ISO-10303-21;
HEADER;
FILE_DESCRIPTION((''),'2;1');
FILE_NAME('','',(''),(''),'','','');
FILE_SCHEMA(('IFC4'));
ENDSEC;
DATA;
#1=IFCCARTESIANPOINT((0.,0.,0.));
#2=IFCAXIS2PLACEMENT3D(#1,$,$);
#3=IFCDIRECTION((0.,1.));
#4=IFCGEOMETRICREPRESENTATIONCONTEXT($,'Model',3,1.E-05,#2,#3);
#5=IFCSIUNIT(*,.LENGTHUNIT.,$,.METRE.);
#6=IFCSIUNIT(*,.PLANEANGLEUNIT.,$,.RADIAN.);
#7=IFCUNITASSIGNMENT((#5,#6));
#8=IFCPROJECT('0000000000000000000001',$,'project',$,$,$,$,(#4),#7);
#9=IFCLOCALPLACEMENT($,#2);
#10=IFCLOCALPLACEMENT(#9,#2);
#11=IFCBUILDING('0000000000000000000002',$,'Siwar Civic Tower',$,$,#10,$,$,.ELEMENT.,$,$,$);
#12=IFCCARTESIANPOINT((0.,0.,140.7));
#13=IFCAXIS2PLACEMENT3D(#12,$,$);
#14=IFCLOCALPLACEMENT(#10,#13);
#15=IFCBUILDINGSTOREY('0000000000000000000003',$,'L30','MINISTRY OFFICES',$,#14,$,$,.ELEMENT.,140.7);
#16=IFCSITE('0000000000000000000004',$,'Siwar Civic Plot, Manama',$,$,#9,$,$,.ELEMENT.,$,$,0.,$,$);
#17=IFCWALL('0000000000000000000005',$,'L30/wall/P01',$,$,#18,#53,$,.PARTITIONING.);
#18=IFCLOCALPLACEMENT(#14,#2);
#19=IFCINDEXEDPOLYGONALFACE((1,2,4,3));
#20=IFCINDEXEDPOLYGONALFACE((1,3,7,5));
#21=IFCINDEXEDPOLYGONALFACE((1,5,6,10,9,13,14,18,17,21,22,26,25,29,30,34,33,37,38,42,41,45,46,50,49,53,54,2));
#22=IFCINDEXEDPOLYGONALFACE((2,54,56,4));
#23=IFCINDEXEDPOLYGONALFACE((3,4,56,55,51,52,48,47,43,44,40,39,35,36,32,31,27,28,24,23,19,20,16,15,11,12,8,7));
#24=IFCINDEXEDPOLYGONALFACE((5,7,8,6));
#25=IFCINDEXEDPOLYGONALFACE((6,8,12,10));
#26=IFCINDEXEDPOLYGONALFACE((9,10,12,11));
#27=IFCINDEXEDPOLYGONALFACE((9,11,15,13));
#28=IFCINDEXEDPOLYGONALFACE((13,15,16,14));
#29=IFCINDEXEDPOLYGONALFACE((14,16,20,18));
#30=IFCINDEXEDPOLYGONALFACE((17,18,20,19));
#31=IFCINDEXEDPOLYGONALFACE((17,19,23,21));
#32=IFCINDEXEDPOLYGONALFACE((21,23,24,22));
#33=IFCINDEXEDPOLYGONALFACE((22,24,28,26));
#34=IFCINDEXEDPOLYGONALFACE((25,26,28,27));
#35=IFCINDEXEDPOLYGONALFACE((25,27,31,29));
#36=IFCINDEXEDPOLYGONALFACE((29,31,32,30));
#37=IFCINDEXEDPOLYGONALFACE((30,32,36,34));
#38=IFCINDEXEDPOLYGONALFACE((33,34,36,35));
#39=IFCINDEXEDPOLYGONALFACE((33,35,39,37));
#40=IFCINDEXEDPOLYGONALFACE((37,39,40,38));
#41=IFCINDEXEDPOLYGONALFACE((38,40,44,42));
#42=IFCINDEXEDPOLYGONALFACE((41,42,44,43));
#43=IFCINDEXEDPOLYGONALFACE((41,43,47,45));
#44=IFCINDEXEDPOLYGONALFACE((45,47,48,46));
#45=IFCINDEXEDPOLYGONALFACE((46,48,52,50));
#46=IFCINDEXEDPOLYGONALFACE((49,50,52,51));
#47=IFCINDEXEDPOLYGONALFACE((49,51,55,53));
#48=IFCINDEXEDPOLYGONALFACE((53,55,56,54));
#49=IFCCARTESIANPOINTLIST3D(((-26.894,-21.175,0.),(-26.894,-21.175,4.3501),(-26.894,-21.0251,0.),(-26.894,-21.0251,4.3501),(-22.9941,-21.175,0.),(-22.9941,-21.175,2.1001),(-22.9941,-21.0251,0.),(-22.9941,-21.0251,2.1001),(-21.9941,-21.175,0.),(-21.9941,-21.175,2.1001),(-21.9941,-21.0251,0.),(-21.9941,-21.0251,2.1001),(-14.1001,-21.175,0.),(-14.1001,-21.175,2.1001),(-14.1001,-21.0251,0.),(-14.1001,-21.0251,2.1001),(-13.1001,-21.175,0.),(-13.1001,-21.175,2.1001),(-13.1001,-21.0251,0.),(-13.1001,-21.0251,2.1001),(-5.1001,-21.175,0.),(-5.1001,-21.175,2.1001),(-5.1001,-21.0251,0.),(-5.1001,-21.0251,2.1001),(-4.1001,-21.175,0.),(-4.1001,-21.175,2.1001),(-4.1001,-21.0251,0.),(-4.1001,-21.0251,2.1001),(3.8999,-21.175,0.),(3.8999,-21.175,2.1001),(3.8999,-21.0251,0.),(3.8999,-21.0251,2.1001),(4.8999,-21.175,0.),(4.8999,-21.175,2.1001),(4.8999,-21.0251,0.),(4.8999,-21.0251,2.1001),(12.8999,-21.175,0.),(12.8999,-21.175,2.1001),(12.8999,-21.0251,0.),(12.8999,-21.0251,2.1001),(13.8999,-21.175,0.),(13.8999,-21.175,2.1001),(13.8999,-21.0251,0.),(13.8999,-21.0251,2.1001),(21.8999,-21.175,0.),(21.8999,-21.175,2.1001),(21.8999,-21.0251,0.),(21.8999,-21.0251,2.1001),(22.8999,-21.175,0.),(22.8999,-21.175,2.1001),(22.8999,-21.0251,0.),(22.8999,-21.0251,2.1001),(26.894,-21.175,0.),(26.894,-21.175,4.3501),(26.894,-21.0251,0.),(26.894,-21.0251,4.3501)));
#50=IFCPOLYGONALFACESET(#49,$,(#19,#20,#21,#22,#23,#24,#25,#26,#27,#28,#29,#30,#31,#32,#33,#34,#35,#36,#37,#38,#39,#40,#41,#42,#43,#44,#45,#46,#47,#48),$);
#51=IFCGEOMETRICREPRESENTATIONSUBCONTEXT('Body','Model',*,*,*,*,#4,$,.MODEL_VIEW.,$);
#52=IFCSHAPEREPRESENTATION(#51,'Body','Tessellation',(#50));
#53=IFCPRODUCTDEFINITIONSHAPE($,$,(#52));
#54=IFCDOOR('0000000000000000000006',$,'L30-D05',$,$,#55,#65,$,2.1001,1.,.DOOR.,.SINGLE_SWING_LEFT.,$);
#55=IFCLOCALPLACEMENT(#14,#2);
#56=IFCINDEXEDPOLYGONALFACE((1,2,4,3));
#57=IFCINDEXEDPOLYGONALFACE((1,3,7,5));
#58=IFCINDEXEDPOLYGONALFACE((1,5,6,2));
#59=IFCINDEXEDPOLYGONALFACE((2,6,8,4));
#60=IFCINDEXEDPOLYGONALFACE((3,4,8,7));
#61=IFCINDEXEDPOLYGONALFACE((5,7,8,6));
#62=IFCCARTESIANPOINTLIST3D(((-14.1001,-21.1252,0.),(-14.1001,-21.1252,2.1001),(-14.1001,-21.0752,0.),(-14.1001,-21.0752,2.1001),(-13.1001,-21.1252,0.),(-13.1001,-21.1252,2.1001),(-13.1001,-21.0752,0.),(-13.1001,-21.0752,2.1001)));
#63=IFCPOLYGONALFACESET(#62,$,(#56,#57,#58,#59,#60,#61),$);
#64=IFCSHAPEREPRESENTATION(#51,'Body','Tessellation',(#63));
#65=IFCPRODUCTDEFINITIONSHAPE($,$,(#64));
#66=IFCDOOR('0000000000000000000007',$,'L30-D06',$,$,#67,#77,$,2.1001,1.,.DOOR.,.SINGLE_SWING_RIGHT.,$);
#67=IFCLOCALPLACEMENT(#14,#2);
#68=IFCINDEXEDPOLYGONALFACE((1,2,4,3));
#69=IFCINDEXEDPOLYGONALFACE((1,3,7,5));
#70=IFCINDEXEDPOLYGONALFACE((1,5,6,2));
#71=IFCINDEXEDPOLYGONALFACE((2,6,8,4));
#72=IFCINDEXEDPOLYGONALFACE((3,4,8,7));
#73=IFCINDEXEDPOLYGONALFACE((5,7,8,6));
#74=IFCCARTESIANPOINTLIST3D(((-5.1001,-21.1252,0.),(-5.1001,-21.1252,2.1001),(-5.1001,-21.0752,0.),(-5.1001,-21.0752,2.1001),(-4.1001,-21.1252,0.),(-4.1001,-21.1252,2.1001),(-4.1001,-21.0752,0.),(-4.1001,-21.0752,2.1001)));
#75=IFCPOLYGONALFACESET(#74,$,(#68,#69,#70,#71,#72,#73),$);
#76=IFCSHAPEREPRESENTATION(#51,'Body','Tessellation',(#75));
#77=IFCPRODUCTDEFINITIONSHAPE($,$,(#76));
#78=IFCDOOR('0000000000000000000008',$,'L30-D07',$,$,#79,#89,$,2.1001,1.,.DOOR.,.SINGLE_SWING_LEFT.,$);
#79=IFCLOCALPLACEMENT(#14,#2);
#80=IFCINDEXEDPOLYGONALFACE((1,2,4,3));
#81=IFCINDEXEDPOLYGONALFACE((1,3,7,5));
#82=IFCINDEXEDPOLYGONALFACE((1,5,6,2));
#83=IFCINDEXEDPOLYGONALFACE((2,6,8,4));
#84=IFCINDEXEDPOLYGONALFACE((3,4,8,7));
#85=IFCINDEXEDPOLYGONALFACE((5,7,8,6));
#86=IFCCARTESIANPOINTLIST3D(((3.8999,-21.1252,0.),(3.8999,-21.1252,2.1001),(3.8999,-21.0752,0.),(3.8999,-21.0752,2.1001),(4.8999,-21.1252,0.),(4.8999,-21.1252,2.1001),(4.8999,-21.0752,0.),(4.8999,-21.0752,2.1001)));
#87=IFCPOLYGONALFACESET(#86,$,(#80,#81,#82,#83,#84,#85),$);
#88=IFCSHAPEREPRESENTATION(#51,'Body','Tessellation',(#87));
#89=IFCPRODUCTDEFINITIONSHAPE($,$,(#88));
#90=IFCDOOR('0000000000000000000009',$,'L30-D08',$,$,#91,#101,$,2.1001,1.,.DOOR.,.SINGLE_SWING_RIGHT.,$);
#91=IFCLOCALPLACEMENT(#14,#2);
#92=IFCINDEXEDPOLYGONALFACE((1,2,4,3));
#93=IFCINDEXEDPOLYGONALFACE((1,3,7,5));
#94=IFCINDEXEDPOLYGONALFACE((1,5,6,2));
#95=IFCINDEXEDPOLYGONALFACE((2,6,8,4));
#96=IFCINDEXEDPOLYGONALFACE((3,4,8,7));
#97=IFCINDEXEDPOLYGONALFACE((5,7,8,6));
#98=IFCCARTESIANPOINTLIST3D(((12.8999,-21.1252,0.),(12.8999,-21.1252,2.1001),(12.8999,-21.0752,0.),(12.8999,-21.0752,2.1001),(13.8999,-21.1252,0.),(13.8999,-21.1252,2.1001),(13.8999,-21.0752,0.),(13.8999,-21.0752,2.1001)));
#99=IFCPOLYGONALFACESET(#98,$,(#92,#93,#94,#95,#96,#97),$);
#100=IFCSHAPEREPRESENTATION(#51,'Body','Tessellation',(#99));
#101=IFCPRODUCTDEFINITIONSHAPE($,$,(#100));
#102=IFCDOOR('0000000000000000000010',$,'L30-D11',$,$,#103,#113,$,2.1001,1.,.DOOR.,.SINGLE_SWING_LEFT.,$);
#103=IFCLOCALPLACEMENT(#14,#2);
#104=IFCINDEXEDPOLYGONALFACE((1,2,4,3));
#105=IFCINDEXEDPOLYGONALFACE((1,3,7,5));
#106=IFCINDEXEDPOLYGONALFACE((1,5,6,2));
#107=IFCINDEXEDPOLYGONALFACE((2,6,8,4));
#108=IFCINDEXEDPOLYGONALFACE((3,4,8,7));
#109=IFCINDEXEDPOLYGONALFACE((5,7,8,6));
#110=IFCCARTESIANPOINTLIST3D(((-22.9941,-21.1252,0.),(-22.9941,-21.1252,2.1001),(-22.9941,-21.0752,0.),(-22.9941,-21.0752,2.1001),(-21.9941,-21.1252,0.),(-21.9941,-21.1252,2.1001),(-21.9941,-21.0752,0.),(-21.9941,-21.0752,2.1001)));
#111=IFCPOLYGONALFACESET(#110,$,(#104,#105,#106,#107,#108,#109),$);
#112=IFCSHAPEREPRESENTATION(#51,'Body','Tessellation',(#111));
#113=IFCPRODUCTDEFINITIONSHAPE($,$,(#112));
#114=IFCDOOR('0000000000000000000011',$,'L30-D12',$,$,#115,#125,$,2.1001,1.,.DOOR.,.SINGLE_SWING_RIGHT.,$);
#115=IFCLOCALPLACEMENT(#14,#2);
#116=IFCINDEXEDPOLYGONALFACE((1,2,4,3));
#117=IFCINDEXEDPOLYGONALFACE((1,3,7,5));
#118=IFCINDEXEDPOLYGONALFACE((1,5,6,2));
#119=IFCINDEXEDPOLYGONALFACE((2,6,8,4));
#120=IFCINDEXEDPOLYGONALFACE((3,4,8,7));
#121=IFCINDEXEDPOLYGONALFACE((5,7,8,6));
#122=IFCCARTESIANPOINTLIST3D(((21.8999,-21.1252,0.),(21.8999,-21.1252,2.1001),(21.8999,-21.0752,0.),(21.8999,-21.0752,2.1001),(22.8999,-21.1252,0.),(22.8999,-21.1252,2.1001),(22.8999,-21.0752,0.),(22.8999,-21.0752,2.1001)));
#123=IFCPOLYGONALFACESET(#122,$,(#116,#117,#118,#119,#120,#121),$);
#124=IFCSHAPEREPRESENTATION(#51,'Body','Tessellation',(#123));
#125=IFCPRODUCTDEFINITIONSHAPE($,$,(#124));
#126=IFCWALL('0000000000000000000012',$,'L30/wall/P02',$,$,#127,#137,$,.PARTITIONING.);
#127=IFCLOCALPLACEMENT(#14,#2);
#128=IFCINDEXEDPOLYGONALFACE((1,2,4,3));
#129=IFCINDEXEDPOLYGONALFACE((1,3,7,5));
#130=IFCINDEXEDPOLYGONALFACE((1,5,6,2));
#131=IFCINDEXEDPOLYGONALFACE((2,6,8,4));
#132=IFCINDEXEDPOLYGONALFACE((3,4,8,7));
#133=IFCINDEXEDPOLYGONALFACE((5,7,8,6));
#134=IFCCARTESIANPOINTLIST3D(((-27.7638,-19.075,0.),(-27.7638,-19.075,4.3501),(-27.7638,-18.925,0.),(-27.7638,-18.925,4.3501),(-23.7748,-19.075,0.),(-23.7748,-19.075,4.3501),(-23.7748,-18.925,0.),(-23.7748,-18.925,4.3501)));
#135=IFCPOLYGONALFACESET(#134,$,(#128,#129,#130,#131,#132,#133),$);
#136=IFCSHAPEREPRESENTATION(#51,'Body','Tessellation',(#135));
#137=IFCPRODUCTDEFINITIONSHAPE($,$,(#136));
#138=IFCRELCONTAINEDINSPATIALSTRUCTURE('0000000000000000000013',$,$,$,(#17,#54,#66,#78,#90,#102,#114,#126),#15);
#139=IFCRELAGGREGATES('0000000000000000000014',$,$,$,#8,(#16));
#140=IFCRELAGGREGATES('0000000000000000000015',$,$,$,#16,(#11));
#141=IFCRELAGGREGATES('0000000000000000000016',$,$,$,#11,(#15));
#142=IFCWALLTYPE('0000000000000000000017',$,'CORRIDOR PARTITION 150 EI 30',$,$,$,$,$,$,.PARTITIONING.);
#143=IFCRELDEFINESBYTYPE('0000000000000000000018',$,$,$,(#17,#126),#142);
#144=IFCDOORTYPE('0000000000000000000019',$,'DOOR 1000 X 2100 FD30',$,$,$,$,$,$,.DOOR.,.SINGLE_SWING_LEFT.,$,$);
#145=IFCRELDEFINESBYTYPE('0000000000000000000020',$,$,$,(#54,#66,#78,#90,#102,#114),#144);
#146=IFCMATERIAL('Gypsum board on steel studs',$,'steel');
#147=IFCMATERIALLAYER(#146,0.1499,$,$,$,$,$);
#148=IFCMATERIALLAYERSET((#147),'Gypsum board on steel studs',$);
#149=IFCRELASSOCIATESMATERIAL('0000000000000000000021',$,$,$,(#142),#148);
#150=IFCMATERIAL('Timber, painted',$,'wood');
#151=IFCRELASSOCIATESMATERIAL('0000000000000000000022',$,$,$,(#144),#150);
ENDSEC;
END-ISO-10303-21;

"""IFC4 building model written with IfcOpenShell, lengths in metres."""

from ifc_helpers import new_model, si_unit, direction, frame, frame_2d, origin, place, context, subcontext, project, spatial, rectangle, extrude, material, layer, layer_set, type_object, element, fill, save


model = new_model("IFC4")

# Units and contexts
model_context = context("Model", 3, precision=1e-05, world=origin(), true_north=direction((0.0, 1.0)))
body_context = subcontext(model_context, "Body", "Model", "MODEL_VIEW")
ifc_project = project(units=[si_unit("LENGTHUNIT", "METRE"), si_unit("PLANEANGLEUNIT", "RADIAN")], contexts=[model_context])

# Site, building, storey
site_placement = place(None, origin())
site = spatial("IfcSite", under=ifc_project, at=site_placement, Name="Siwar Civic Plot, Manama", CompositionType="ELEMENT", RefElevation=0.0)
building_placement = place(site_placement, origin())
building = spatial("IfcBuilding", under=site, at=building_placement, Name="Siwar Civic Tower", CompositionType="ELEMENT")
storey_placement = place(building_placement, frame((0.0, 0.0, 140.7)))
storey = spatial("IfcBuildingStorey", under=building, at=storey_placement, Name="L30", Description="MINISTRY OFFICES", CompositionType="ELEMENT", Elevation=140.7)

# Wall, openings, doors
ifc_material_1 = material(Name="Gypsum board on steel studs", Category="steel")
ifc_layer_1 = layer(ifc_material_1, 0.1499)
ifc_layer_set_1 = layer_set([ifc_layer_1], Name="Gypsum board on steel studs")
wall_type = type_object("IfcWallType", Name="CORRIDOR PARTITION 150 EI 30", PredefinedType="PARTITIONING", material=ifc_layer_set_1)
wall_1_placement = place(storey_placement, frame((-26.894, -21.1001, 0.0), z_axis=(0.0, 0.0, 1.0), x_axis=(1.0, 0.0, 0.0)))
wall_1 = element("IfcWall", 1, at=wall_1_placement, inside=storey, type_object=wall_type, Name="L30/wall/P01", PredefinedType="PARTITIONING", context=body_context, shape_type="SweptSolid", body=[
    extrude(rectangle(XDim=53.7881, YDim=0.1499, at=frame_2d((26.894, 0.0))), origin(), (0.0, 0.0, 1.0), 4.3501),
])
opening_1_placement = place(wall_1_placement, frame((12.7939, 0.0, 0.0)))
opening_1 = element("IfcOpeningElement", 2, at=opening_1_placement, cuts=wall_1, PredefinedType="OPENING", context=body_context, shape_type="SweptSolid", body=[
    extrude(rectangle(XDim=1.0, YDim=2.1001, at=frame_2d((0.5, 1.05))), frame((0.0, 0.085, 0.0), z_axis=(0.0, -1.0, 0.0), x_axis=(1.0, 0.0, 0.0)), (0.0, 0.0, 1.0), 0.1699),
])
opening_2_placement = place(wall_1_placement, frame((21.7939, 0.0, 0.0)))
opening_2 = element("IfcOpeningElement", 3, at=opening_2_placement, cuts=wall_1, PredefinedType="OPENING", context=body_context, shape_type="SweptSolid", body=[
    extrude(rectangle(XDim=1.0, YDim=2.1001, at=frame_2d((0.5, 1.05))), frame((0.0, 0.085, 0.0), z_axis=(0.0, -1.0, 0.0), x_axis=(1.0, 0.0, 0.0)), (0.0, 0.0, 1.0), 0.1699),
])
opening_3_placement = place(wall_1_placement, frame((30.7939, 0.0, 0.0)))
opening_3 = element("IfcOpeningElement", 4, at=opening_3_placement, cuts=wall_1, PredefinedType="OPENING", context=body_context, shape_type="SweptSolid", body=[
    extrude(rectangle(XDim=1.0, YDim=2.1001, at=frame_2d((0.5, 1.05))), frame((0.0, 0.085, 0.0), z_axis=(0.0, -1.0, 0.0), x_axis=(1.0, 0.0, 0.0)), (0.0, 0.0, 1.0), 0.1699),
])
opening_4_placement = place(wall_1_placement, frame((39.7939, 0.0, 0.0)))
opening_4 = element("IfcOpeningElement", 5, at=opening_4_placement, cuts=wall_1, PredefinedType="OPENING", context=body_context, shape_type="SweptSolid", body=[
    extrude(rectangle(XDim=1.0, YDim=2.1001, at=frame_2d((0.5, 1.05))), frame((0.0, 0.085, 0.0), z_axis=(0.0, -1.0, 0.0), x_axis=(1.0, 0.0, 0.0)), (0.0, 0.0, 1.0), 0.1699),
])
opening_5_placement = place(wall_1_placement, frame((3.8999, 0.0, 0.0)))
opening_5 = element("IfcOpeningElement", 6, at=opening_5_placement, cuts=wall_1, PredefinedType="OPENING", context=body_context, shape_type="SweptSolid", body=[
    extrude(rectangle(XDim=1.0, YDim=2.1001, at=frame_2d((0.5, 1.05))), frame((0.0, 0.085, 0.0), z_axis=(0.0, -1.0, 0.0), x_axis=(1.0, 0.0, 0.0)), (0.0, 0.0, 1.0), 0.1699),
])
opening_6_placement = place(wall_1_placement, frame((48.7939, 0.0, 0.0)))
opening_6 = element("IfcOpeningElement", 7, at=opening_6_placement, cuts=wall_1, PredefinedType="OPENING", context=body_context, shape_type="SweptSolid", body=[
    extrude(rectangle(XDim=1.0, YDim=2.1001, at=frame_2d((0.5, 1.05))), frame((0.0, 0.085, 0.0), z_axis=(0.0, -1.0, 0.0), x_axis=(1.0, 0.0, 0.0)), (0.0, 0.0, 1.0), 0.1699),
])
ifc_material_2 = material(Name="Timber, painted", Category="wood")
door_type = type_object("IfcDoorType", Name="DOOR 1000 X 2100 FD30", OperationType="SINGLE_SWING_LEFT", PredefinedType="DOOR", material=ifc_material_2)
door_1_placement = place(opening_1_placement, origin())
door_1 = element("IfcDoor", 8, at=door_1_placement, inside=storey, type_object=door_type, Name="L30-D05", OperationType="SINGLE_SWING_LEFT", OverallHeight=2.1001, OverallWidth=1.0, PredefinedType="DOOR", context=body_context, shape_type="SweptSolid", body=[
    extrude(rectangle(XDim=1.0, YDim=2.1001, at=frame_2d((0.5, 1.05))), frame((0.0, 0.0249, 0.0), z_axis=(0.0, -1.0, 0.0), x_axis=(1.0, 0.0, 0.0)), (0.0, 0.0, 1.0), 0.05),
])
fill(opening_1, door_1)
door_2_placement = place(opening_2_placement, origin())
door_2 = element("IfcDoor", 9, at=door_2_placement, inside=storey, type_object=door_type, Name="L30-D06", OperationType="SINGLE_SWING_RIGHT", OverallHeight=2.1001, OverallWidth=1.0, PredefinedType="DOOR", context=body_context, shape_type="SweptSolid", body=[
    extrude(rectangle(XDim=1.0, YDim=2.1001, at=frame_2d((0.5, 1.05))), frame((0.0, 0.0249, 0.0), z_axis=(0.0, -1.0, 0.0), x_axis=(1.0, 0.0, 0.0)), (0.0, 0.0, 1.0), 0.05),
])
fill(opening_2, door_2)
door_3_placement = place(opening_3_placement, origin())
door_3 = element("IfcDoor", 10, at=door_3_placement, inside=storey, type_object=door_type, Name="L30-D07", OperationType="SINGLE_SWING_LEFT", OverallHeight=2.1001, OverallWidth=1.0, PredefinedType="DOOR", context=body_context, shape_type="SweptSolid", body=[
    extrude(rectangle(XDim=1.0, YDim=2.1001, at=frame_2d((0.5, 1.05))), frame((0.0, 0.0249, 0.0), z_axis=(0.0, -1.0, 0.0), x_axis=(1.0, 0.0, 0.0)), (0.0, 0.0, 1.0), 0.05),
])
fill(opening_3, door_3)
door_4_placement = place(opening_4_placement, origin())
door_4 = element("IfcDoor", 11, at=door_4_placement, inside=storey, type_object=door_type, Name="L30-D08", OperationType="SINGLE_SWING_RIGHT", OverallHeight=2.1001, OverallWidth=1.0, PredefinedType="DOOR", context=body_context, shape_type="SweptSolid", body=[
    extrude(rectangle(XDim=1.0, YDim=2.1001, at=frame_2d((0.5, 1.05))), frame((0.0, 0.0249, 0.0), z_axis=(0.0, -1.0, 0.0), x_axis=(1.0, 0.0, 0.0)), (0.0, 0.0, 1.0), 0.05),
])
fill(opening_4, door_4)
door_5_placement = place(opening_5_placement, origin())
door_5 = element("IfcDoor", 12, at=door_5_placement, inside=storey, type_object=door_type, Name="L30-D11", OperationType="SINGLE_SWING_LEFT", OverallHeight=2.1001, OverallWidth=1.0, PredefinedType="DOOR", context=body_context, shape_type="SweptSolid", body=[
    extrude(rectangle(XDim=1.0, YDim=2.1001, at=frame_2d((0.5, 1.05))), frame((0.0, 0.0249, 0.0), z_axis=(0.0, -1.0, 0.0), x_axis=(1.0, 0.0, 0.0)), (0.0, 0.0, 1.0), 0.05),
])
fill(opening_5, door_5)
door_6_placement = place(opening_6_placement, origin())
door_6 = element("IfcDoor", 13, at=door_6_placement, inside=storey, type_object=door_type, Name="L30-D12", OperationType="SINGLE_SWING_RIGHT", OverallHeight=2.1001, OverallWidth=1.0, PredefinedType="DOOR", context=body_context, shape_type="SweptSolid", body=[
    extrude(rectangle(XDim=1.0, YDim=2.1001, at=frame_2d((0.5, 1.05))), frame((0.0, 0.0249, 0.0), z_axis=(0.0, -1.0, 0.0), x_axis=(1.0, 0.0, 0.0)), (0.0, 0.0, 1.0), 0.05),
])
fill(opening_6, door_6)

# Wall
wall_2_placement = place(storey_placement, frame((-27.7639, -19.0, 0.0), z_axis=(0.0, 0.0, 1.0), x_axis=(1.0, 0.0, 0.0)))
element("IfcWall", 14, at=wall_2_placement, inside=storey, type_object=wall_type, Name="L30/wall/P02", PredefinedType="PARTITIONING", context=body_context, shape_type="SweptSolid", body=[
    extrude(rectangle(XDim=3.989, YDim=0.1499, at=frame_2d((1.9946, 0.0))), origin(), (0.0, 0.0, 1.0), 4.3501),
])

save(model, "model.ifc")
